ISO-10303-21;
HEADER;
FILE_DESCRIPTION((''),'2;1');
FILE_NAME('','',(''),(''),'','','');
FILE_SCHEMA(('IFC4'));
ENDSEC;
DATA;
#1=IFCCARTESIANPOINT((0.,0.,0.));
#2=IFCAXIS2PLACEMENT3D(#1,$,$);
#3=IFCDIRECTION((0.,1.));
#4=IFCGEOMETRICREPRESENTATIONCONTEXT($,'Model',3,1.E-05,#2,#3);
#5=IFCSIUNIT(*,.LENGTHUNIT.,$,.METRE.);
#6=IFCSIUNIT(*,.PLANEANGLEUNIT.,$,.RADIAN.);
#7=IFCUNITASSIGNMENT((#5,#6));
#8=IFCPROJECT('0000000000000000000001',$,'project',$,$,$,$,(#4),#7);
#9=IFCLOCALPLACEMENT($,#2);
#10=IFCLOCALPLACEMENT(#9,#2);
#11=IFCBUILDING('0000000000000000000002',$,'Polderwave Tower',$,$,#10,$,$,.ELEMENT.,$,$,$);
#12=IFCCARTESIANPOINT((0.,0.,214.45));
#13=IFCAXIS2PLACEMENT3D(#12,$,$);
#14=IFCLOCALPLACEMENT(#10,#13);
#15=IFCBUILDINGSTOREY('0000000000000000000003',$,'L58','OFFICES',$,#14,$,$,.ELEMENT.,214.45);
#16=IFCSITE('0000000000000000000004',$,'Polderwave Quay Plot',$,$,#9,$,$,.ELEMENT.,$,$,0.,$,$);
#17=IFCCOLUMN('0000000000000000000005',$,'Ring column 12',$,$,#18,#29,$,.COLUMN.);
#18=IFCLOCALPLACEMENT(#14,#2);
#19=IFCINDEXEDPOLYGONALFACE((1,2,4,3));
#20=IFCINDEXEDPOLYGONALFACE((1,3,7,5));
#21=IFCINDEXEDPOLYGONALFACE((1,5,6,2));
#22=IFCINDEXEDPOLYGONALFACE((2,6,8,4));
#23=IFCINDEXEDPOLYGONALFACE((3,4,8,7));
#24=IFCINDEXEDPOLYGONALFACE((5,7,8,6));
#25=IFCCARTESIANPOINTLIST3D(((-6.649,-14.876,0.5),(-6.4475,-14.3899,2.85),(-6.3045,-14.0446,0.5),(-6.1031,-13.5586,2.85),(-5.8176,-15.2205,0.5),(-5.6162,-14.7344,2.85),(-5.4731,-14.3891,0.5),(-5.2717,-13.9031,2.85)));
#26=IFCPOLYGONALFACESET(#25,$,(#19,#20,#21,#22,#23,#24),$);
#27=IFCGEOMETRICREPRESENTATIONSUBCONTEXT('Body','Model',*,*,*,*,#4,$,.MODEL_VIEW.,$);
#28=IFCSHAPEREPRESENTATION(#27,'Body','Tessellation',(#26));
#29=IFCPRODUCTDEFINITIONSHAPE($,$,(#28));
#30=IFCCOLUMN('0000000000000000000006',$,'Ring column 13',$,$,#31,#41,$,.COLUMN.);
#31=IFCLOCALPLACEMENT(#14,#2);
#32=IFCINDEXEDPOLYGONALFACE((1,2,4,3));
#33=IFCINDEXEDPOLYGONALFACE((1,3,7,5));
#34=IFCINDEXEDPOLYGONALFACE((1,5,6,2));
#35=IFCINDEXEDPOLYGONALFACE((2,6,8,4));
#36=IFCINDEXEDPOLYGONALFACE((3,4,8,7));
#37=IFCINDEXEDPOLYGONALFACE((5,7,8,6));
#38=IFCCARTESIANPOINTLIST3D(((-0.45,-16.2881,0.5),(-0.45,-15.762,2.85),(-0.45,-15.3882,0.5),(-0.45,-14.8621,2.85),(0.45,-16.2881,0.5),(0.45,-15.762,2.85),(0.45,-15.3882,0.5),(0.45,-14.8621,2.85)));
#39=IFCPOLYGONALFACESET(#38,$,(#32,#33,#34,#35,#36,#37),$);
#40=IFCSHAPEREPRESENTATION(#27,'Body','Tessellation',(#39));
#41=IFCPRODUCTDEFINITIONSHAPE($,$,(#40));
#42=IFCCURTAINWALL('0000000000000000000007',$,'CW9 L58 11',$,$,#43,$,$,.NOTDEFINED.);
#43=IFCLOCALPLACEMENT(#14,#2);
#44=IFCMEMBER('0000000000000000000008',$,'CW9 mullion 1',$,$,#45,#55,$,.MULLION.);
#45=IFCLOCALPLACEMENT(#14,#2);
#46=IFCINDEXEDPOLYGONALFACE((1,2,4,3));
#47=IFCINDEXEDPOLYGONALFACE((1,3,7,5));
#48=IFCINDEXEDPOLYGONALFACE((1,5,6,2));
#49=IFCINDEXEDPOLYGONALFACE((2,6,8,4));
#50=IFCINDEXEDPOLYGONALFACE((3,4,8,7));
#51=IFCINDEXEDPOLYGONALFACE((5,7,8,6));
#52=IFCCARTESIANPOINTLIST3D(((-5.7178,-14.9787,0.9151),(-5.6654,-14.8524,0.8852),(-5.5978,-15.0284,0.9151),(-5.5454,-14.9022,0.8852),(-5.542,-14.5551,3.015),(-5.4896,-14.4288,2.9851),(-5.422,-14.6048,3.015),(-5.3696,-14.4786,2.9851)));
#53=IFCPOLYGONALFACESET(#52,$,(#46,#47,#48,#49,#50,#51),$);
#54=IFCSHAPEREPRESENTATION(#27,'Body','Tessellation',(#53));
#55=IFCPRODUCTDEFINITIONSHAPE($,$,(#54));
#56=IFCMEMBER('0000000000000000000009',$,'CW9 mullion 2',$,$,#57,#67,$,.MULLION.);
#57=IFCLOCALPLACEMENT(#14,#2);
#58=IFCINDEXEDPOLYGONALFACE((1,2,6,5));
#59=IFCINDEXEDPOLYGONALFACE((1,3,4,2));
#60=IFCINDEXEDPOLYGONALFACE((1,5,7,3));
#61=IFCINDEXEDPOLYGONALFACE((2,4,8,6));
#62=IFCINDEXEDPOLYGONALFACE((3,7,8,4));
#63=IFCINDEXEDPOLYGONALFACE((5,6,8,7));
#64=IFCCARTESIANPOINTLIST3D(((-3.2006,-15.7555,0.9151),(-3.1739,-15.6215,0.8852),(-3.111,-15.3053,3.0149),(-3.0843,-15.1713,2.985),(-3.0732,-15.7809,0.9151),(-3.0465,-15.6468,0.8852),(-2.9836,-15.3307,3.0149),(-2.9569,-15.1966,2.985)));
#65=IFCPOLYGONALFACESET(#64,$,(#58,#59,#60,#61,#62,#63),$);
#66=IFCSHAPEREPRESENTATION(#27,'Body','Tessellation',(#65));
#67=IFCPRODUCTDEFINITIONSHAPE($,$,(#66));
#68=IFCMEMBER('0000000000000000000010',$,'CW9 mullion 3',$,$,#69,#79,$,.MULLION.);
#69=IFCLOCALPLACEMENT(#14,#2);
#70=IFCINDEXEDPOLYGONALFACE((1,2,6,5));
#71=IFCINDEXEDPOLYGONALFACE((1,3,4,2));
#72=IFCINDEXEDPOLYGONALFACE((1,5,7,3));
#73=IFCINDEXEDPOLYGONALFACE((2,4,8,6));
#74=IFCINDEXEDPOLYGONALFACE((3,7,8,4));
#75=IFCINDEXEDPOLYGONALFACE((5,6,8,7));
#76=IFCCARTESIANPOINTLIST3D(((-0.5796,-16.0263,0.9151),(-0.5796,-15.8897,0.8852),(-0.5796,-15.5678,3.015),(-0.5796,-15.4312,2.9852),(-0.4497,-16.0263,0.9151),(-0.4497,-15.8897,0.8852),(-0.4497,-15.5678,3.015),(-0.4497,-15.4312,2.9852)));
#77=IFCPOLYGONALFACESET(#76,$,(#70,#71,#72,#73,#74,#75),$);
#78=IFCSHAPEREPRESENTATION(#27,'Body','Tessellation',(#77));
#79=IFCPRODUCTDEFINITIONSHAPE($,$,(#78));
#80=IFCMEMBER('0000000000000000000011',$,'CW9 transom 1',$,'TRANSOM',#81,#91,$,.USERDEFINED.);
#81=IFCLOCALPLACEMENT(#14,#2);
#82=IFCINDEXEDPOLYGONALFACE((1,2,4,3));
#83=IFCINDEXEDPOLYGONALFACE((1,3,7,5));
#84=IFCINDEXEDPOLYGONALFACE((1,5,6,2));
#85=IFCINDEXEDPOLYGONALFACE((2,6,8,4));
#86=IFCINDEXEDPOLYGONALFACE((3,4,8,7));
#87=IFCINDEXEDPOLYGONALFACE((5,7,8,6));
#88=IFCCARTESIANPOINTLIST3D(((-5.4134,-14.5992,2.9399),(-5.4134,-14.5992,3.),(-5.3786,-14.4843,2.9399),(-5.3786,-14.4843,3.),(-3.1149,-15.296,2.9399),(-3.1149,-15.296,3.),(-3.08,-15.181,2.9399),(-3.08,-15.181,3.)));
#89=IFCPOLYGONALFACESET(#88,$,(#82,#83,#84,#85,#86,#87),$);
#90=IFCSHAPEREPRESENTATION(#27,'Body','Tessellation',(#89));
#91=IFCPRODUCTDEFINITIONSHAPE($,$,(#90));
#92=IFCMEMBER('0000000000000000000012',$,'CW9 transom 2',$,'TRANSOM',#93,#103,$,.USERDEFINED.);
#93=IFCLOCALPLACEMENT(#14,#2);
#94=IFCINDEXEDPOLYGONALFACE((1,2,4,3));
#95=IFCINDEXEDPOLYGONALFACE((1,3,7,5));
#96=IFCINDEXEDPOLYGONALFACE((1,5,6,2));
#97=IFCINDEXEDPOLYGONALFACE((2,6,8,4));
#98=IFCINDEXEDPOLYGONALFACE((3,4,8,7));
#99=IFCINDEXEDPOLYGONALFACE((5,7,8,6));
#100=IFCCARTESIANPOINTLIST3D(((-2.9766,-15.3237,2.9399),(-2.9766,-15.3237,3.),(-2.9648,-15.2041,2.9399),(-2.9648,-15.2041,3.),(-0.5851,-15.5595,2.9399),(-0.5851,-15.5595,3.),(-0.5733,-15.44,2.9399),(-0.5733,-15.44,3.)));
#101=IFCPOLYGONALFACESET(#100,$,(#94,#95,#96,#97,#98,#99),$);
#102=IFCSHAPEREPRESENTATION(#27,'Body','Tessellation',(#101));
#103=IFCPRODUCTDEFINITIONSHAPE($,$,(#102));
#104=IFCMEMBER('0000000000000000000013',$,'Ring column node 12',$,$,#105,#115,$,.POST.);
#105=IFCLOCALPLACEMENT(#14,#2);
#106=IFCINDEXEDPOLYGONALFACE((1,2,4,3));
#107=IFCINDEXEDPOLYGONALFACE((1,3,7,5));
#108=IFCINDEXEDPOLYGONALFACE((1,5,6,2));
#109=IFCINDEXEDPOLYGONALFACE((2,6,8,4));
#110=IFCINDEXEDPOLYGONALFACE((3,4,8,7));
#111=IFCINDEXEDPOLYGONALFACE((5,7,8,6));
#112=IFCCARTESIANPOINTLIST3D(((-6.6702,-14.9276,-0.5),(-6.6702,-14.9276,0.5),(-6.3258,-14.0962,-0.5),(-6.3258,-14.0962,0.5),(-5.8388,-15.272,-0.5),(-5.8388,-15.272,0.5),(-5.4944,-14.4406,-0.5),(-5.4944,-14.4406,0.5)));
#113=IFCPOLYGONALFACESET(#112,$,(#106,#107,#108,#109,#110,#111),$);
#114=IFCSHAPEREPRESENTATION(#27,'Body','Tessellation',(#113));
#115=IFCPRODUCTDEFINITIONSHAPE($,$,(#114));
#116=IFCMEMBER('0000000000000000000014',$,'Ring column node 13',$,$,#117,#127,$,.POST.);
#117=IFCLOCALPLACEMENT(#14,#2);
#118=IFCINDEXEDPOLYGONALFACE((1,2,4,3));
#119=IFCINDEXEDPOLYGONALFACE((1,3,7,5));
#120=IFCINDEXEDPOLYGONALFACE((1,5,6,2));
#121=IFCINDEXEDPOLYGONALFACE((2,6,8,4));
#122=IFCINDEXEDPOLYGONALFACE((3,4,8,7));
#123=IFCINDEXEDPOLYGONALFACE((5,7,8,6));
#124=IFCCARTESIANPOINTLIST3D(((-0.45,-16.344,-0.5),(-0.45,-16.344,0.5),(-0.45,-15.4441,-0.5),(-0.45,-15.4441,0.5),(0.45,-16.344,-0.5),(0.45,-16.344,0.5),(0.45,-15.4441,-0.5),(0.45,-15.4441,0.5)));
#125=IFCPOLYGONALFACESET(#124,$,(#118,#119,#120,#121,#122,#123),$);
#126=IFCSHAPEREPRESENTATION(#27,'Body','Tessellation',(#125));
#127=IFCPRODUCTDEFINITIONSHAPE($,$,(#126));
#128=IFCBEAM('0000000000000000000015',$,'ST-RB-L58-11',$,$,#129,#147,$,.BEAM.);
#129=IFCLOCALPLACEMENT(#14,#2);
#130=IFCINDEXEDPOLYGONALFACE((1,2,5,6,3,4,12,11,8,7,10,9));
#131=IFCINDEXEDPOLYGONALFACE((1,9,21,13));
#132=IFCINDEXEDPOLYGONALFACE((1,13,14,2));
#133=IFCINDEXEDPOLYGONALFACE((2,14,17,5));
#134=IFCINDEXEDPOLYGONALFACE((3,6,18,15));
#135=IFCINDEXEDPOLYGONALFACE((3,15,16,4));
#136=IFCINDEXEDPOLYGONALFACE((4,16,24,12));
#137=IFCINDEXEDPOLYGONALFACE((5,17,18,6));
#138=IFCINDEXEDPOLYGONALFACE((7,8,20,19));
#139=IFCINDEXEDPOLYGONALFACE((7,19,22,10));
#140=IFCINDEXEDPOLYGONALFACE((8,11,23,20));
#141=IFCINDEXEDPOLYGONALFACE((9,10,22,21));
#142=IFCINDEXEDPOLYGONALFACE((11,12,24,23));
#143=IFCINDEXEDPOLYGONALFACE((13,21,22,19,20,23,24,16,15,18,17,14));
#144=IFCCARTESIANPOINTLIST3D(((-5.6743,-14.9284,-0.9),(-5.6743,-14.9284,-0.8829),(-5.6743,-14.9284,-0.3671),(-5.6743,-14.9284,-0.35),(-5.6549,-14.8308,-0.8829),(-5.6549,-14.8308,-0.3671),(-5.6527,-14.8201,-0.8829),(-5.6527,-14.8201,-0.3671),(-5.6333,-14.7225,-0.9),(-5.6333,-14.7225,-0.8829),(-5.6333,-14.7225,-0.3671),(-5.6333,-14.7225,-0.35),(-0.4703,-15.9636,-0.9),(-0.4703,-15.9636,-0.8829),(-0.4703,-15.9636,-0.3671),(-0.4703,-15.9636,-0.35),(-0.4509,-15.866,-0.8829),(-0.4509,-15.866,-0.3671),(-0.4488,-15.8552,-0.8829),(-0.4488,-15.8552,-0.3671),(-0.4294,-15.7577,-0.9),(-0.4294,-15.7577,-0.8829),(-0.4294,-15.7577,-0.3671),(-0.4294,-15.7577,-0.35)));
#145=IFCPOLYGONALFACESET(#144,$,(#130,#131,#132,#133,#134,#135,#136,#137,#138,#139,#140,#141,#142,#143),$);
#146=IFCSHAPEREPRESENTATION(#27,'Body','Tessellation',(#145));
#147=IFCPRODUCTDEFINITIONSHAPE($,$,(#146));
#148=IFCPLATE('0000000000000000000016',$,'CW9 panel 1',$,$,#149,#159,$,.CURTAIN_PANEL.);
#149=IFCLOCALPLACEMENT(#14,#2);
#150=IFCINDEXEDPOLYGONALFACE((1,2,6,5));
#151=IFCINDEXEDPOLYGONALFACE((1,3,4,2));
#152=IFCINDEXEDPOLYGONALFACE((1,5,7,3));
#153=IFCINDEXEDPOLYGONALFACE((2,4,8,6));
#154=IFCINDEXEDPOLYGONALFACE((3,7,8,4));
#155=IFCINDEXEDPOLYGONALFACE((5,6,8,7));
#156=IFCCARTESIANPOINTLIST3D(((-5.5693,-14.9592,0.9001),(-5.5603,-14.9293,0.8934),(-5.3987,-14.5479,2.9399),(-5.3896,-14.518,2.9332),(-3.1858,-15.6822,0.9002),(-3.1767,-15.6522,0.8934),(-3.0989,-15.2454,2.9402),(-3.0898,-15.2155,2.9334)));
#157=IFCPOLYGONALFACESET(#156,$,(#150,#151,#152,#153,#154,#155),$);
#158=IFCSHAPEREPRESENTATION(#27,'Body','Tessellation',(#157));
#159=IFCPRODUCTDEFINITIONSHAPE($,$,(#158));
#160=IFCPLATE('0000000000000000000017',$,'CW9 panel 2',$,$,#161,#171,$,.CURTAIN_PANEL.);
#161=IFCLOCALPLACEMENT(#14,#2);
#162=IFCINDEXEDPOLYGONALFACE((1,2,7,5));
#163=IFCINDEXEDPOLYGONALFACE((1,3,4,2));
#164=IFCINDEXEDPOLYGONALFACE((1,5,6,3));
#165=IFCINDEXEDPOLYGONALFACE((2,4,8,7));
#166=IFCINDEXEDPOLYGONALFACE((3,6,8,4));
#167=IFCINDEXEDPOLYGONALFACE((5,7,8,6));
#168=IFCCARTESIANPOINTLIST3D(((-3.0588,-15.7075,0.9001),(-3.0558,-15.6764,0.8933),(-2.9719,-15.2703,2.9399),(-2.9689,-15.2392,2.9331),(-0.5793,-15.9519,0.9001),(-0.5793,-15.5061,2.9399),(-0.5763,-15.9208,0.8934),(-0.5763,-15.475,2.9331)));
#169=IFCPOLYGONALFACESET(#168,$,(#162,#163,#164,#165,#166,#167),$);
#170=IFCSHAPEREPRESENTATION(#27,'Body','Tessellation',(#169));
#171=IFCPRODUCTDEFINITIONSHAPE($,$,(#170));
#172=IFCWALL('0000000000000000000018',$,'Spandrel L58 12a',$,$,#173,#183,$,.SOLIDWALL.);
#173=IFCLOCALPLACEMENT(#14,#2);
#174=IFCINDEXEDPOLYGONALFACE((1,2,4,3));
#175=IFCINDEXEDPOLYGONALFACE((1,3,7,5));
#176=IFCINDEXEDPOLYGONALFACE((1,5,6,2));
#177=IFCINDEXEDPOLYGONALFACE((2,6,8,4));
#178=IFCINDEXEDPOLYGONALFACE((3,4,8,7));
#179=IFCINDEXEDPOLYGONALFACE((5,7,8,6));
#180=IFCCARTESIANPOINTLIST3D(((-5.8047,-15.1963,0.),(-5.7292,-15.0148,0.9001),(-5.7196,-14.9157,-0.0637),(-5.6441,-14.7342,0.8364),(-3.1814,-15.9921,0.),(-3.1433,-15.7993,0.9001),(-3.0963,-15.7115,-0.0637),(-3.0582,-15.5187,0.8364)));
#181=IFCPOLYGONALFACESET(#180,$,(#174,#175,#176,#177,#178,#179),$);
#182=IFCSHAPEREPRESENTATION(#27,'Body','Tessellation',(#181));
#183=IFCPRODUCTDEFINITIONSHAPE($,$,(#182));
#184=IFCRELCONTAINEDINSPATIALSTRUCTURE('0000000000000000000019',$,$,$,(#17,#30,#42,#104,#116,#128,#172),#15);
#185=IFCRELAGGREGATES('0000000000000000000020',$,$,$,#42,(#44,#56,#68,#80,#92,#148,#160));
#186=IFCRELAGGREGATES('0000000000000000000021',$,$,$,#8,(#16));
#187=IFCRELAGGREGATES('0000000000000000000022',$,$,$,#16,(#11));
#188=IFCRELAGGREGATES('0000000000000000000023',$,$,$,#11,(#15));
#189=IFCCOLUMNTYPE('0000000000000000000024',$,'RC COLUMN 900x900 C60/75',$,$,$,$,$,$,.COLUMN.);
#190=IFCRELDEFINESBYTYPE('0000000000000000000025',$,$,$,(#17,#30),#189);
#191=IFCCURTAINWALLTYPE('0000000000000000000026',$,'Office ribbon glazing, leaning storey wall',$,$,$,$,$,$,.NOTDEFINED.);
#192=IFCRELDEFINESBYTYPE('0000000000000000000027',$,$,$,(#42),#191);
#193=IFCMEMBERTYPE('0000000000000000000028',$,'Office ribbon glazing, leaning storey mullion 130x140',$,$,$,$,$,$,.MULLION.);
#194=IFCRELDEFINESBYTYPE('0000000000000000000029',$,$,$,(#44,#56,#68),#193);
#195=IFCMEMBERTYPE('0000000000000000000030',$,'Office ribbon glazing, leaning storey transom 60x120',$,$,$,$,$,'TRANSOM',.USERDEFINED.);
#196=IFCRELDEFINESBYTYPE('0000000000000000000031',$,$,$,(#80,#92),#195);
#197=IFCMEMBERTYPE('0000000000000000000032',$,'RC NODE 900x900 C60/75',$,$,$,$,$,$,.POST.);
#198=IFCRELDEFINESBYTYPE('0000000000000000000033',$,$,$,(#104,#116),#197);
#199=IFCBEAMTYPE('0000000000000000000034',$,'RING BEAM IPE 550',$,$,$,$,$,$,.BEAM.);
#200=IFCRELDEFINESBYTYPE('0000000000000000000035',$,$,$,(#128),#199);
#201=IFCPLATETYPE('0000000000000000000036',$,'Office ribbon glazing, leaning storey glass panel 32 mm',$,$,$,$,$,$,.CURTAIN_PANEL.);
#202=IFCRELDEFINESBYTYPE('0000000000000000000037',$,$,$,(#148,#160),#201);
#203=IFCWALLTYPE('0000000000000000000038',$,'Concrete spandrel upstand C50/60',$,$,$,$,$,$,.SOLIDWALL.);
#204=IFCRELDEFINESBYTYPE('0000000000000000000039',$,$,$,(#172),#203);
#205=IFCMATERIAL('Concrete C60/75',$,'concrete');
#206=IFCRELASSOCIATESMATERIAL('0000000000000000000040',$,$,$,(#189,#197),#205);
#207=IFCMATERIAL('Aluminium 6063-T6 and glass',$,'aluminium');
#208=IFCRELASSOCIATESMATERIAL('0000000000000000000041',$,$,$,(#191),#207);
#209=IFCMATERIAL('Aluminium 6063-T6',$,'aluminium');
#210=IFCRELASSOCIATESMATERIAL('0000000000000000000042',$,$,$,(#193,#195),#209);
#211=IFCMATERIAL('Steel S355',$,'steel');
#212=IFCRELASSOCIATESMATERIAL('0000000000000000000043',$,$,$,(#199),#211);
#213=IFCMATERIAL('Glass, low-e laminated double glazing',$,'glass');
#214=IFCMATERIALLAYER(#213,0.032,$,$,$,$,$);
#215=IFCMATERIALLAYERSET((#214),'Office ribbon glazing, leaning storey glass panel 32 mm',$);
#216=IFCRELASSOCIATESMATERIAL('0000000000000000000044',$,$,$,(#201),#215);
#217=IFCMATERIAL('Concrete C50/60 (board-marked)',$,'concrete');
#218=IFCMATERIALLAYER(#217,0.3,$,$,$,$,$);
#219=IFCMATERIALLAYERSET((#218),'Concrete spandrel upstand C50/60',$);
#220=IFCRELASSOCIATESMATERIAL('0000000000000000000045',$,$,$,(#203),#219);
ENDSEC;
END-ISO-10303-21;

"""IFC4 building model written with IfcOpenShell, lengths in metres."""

from ifc_helpers import new_model, si_unit, direction, frame, origin, origin_2d, place, context, subcontext, project, spatial, polyline, rectangle, i_section, outline, extrude, material, layer, layer_set, material_profile, profile_set, type_object, element, aggregate, save


model = new_model("IFC4")

# Units and contexts
model_context = context("Model", 3, precision=1e-05, world=origin(), true_north=direction((0.0, 1.0)))
body_context = subcontext(model_context, "Body", "Model", "MODEL_VIEW")
ifc_project = project(units=[si_unit("LENGTHUNIT", "METRE"), si_unit("PLANEANGLEUNIT", "RADIAN")], contexts=[model_context])

# Site, building, storey
site_placement = place(None, origin())
site = spatial("IfcSite", under=ifc_project, at=site_placement, Name="Polderwave Quay Plot", CompositionType="ELEMENT", RefElevation=0.0)
building_placement = place(site_placement, origin())
building = spatial("IfcBuilding", under=site, at=building_placement, Name="Polderwave Tower", CompositionType="ELEMENT")
storey_placement = place(building_placement, frame((0.0, 0.0, 214.45)))
storey = spatial("IfcBuildingStorey", under=building, at=storey_placement, Name="L58", Description="OFFICES", CompositionType="ELEMENT", Elevation=214.45)

# Columns
ifc_material_1 = material(Name="Concrete C60/75", Category="concrete")
ifc_material_profile_1 = material_profile(ifc_material_1, rectangle(XDim=0.8999, YDim=0.8999, at=origin_2d()), Name="RC 900x900")
ifc_profile_set_1 = profile_set([ifc_material_profile_1], Name="Concrete C60/75")
column_type = type_object("IfcColumnType", Name="RC COLUMN 900x900 C60/75", PredefinedType="COLUMN", material=ifc_profile_set_1)
column_1_placement = place(storey_placement, frame((-6.061, -14.6326, 0.5), z_axis=(0.0, 0.0, 1.0), x_axis=(-0.92383, 0.382803, 0.0)))
element("IfcColumn", 1, at=column_1_placement, inside=storey, type_object=column_type, Name="Ring column 12", PredefinedType="COLUMN", context=body_context, shape_type="SweptSolid", body=[
    extrude(rectangle(XDim=0.8999, YDim=0.8999, at=origin_2d()), origin(), (0.0, -0.21848, 0.975841), 2.4082),
])
column_2_placement = place(storey_placement, frame((0.0, -15.8381, 0.5), z_axis=(0.0, 0.0, 1.0), x_axis=(-1.0, 0.0, 0.0)))
element("IfcColumn", 2, at=column_2_placement, inside=storey, type_object=column_type, Name="Ring column 13", PredefinedType="COLUMN", context=body_context, shape_type="SweptSolid", body=[
    extrude(rectangle(XDim=0.8999, YDim=0.8999, at=origin_2d()), origin(), (0.0, -0.218465, 0.975845), 2.4082),
])

# Curtain wall, members
ifc_material_2 = material(Name="Aluminium 6063-T6 and glass", Category="aluminium")
curtain_wall_type = type_object("IfcCurtainWallType", Name="Office ribbon glazing, leaning storey wall", PredefinedType="NOTDEFINED", material=ifc_material_2)
curtain_wall_placement = place(storey_placement, origin())
curtain_wall = element("IfcCurtainWall", 3, at=curtain_wall_placement, inside=storey, type_object=curtain_wall_type, Name="CW9 L58 11", PredefinedType="NOTDEFINED")
ifc_material_3 = material(Name="Aluminium 6063-T6", Category="aluminium")
ifc_material_profile_2 = material_profile(ifc_material_3, rectangle(XDim=0.1299, YDim=0.1399, at=origin_2d()), Name="AL 130x140")
ifc_profile_set_2 = profile_set([ifc_material_profile_2], Name="Aluminium 6063-T6")
member_type_1 = type_object("IfcMemberType", Name="Office ribbon glazing, leaning storey mullion 130x140", PredefinedType="MULLION", material=ifc_profile_set_2)
member_1_placement = place(storey_placement, frame((-5.6316, -14.9404, 0.9001), z_axis=(0.081783, 0.197075, 0.976971), x_axis=(-0.923627, 0.383292, 0.0)))
member_1 = element("IfcMember", 4, at=member_1_placement, type_object=member_type_1, Name="CW9 mullion 1", PredefinedType="MULLION", context=body_context, shape_type="SweptSolid", body=[
    extrude(rectangle(XDim=0.1299, YDim=0.1399, at=origin_2d()), origin(), (0.0, 0.0, 1.0), 2.1494),
])
member_2_placement = place(storey_placement, frame((-3.1235, -15.7012, 0.9001), z_axis=(0.041685, 0.209448, 0.976931), x_axis=(-0.980764, 0.195196, 0.0)))
member_2 = element("IfcMember", 5, at=member_2_placement, type_object=member_type_1, Name="CW9 mullion 2", PredefinedType="MULLION", context=body_context, shape_type="SweptSolid", body=[
    extrude(rectangle(XDim=0.1299, YDim=0.1399, at=origin_2d()), origin(), (0.0, 0.0, 1.0), 2.1494),
])
member_3_placement = place(storey_placement, frame((-0.5146, -15.958, 0.9001), z_axis=(0.0, 0.213321, 0.976982), x_axis=(-1.0, 0.0, 0.0)))
member_3 = element("IfcMember", 6, at=member_3_placement, type_object=member_type_1, Name="CW9 mullion 3", PredefinedType="MULLION", context=body_context, shape_type="SweptSolid", body=[
    extrude(rectangle(XDim=0.1299, YDim=0.1399, at=origin_2d()), origin(), (0.0, 0.0, 1.0), 2.1494),
])
ifc_material_profile_3 = material_profile(ifc_material_3, rectangle(XDim=0.1201, YDim=0.0601, at=origin_2d()), Name="AL 60x120")
ifc_profile_set_3 = profile_set([ifc_material_profile_3], Name="Aluminium 6063-T6")
member_type_2 = type_object("IfcMemberType", Name="Office ribbon glazing, leaning storey transom 60x120", ElementType="TRANSOM", PredefinedType="USERDEFINED", material=ifc_profile_set_3)
member_4_placement = place(storey_placement, frame((-5.396, -14.5417, 2.97), z_axis=(0.956997, -0.290098, 0.0), x_axis=(0.290098, 0.956997, 0.0)))
member_4 = element("IfcMember", 7, at=member_4_placement, type_object=member_type_2, Name="CW9 transom 1", ObjectType="TRANSOM", PredefinedType="USERDEFINED", context=body_context, shape_type="SweptSolid", body=[
    extrude(rectangle(XDim=0.1201, YDim=0.0601, at=origin_2d()), origin(), (0.0, 0.0, 1.0), 2.4019),
])
member_5_placement = place(storey_placement, frame((-2.9707, -15.2639, 2.97), z_axis=(0.995172, -0.098146, 0.0), x_axis=(0.098146, 0.995172, 0.0)))
member_5 = element("IfcMember", 8, at=member_5_placement, type_object=member_type_2, Name="CW9 transom 2", ObjectType="TRANSOM", PredefinedType="USERDEFINED", context=body_context, shape_type="SweptSolid", body=[
    extrude(rectangle(XDim=0.1201, YDim=0.0601, at=origin_2d()), origin(), (0.0, 0.0, 1.0), 2.4031),
])

# Members
ifc_material_profile_4 = material_profile(ifc_material_1, rectangle(XDim=0.8999, YDim=0.8999, at=origin_2d()), Name="RC 900x900")
ifc_profile_set_4 = profile_set([ifc_material_profile_4], Name="Concrete C60/75")
member_type_3 = type_object("IfcMemberType", Name="RC NODE 900x900 C60/75", PredefinedType="POST", material=ifc_profile_set_4)
for number, where, z_axis, x_axis, name in (
    (9, (-6.0823, -14.6841, -0.5), (0.0, 0.0, 1.0), (-0.382683, -0.92388, 0.0), "Ring column node 12"),
    (10, (0.0, -15.894, -0.5), (0.0, 0.0, 1.0), (0.0, -1.0, 0.0), "Ring column node 13"),
):
    element("IfcMember", number, at=place(storey_placement, frame(where, z_axis=z_axis, x_axis=x_axis)), inside=storey, type_object=member_type_3, Name=name, PredefinedType="POST", context=body_context, shape_type="SweptSolid", body=[
        extrude(rectangle(XDim=0.8999, YDim=0.8999, at=origin_2d()), origin(), (0.0, 0.0, 1.0), 1.0),
    ])

# Beam
ifc_material_4 = material(Name="Steel S355", Category="steel")
ifc_material_profile_5 = material_profile(ifc_material_4, i_section(OverallWidth=0.21, OverallDepth=0.55, WebThickness=0.011, FlangeThickness=0.0171, at=origin_2d()), Name="IPE 550")
ifc_profile_set_5 = profile_set([ifc_material_profile_5], Name="Steel S355")
beam_type = type_object("IfcBeamType", Name="RING BEAM IPE 550", PredefinedType="BEAM", material=ifc_profile_set_5)
beam_placement = place(storey_placement, frame((-5.6538, -14.8254, -0.625), z_axis=(0.980784, -0.195098, 0.0), x_axis=(0.195098, 0.980784, 0.0)))
element("IfcBeam", 11, at=beam_placement, inside=storey, type_object=beam_type, Name="ST-RB-L58-11", PredefinedType="BEAM", context=body_context, shape_type="SweptSolid", body=[
    extrude(i_section(OverallWidth=0.21, OverallDepth=0.55, WebThickness=0.011, FlangeThickness=0.0171, at=origin_2d()), origin(), (0.0, 0.0, 1.0), 5.3059),
])

# Plates
ifc_material_5 = material(Name="Glass, low-e laminated double glazing", Category="glass")
ifc_layer_1 = layer(ifc_material_5, 0.032)
ifc_layer_set_1 = layer_set([ifc_layer_1], Name="Office ribbon glazing, leaning storey glass panel 32 mm")
plate_type = type_object("IfcPlateType", Name="Office ribbon glazing, leaning storey glass panel 32 mm", PredefinedType="CURTAIN_PANEL", material=ifc_layer_set_1)
plate_1_placement = place(storey_placement, frame((-5.5693, -14.9592, 0.9001), z_axis=(-0.283628, -0.935136, 0.212309), x_axis=(0.956953, -0.290244, 0.000003)))
plate_1 = element("IfcPlate", 12, at=plate_1_placement, type_object=plate_type, Name="CW9 panel 1", PredefinedType="CURTAIN_PANEL", context=body_context, shape_type="SweptSolid", body=[
    extrude(outline(polyline([(0.0, 0.0), (2.4908, 0.0), (2.4472, 2.0876), (0.0439, 2.0874), (0.0, 0.0)])), origin(), (0.0, 0.0, -1.0), 0.032),
])
plate_2_placement = place(storey_placement, frame((-3.0588, -15.7075, 0.9001), z_axis=(-0.09585, -0.972441, 0.212534), x_axis=(0.995177, -0.098091, 0.000001)))
plate_2 = element("IfcPlate", 13, at=plate_2_placement, type_object=plate_type, Name="CW9 panel 2", PredefinedType="CURTAIN_PANEL", context=body_context, shape_type="SweptSolid", body=[
    extrude(outline(polyline([(0.0, 0.0), (2.4915, 0.0), (2.4478, 2.0875), (0.0436, 2.0875), (0.0, 0.0)])), origin(), (0.0, 0.0, -1.0), 0.032),
])
aggregate(curtain_wall, [member_1, member_2, member_3, member_4, member_5, plate_1, plate_2])

# Wall
ifc_material_6 = material(Name="Concrete C50/60 (board-marked)", Category="concrete")
ifc_layer_2 = layer(ifc_material_6, 0.3)
ifc_layer_set_2 = layer_set([ifc_layer_2], Name="Concrete spandrel upstand C50/60")
wall_type_1 = type_object("IfcWallType", Name="Concrete spandrel upstand C50/60", PredefinedType="SOLIDWALL", material=ifc_layer_set_2)
wall_1_placement = place(storey_placement, frame((-5.8047, -15.1963, 0.0), z_axis=(-0.283688, -0.935122, 0.212294), x_axis=(0.956934, -0.290306, -0.000005)))
element("IfcWall", 14, at=wall_1_placement, inside=storey, type_object=wall_type_1, Name="Spandrel L58 12a", PredefinedType="SOLIDWALL", context=body_context, shape_type="SweptSolid", body=[
    extrude(outline(polyline([(0.0, 0.0), (2.7414, 0.0), (2.7218, 0.9212), (0.0195, 0.9211), (0.0, 0.0)])), origin(), (0.0, 0.0, -1.0), 0.3),
])

save(model, "model.ifc")
